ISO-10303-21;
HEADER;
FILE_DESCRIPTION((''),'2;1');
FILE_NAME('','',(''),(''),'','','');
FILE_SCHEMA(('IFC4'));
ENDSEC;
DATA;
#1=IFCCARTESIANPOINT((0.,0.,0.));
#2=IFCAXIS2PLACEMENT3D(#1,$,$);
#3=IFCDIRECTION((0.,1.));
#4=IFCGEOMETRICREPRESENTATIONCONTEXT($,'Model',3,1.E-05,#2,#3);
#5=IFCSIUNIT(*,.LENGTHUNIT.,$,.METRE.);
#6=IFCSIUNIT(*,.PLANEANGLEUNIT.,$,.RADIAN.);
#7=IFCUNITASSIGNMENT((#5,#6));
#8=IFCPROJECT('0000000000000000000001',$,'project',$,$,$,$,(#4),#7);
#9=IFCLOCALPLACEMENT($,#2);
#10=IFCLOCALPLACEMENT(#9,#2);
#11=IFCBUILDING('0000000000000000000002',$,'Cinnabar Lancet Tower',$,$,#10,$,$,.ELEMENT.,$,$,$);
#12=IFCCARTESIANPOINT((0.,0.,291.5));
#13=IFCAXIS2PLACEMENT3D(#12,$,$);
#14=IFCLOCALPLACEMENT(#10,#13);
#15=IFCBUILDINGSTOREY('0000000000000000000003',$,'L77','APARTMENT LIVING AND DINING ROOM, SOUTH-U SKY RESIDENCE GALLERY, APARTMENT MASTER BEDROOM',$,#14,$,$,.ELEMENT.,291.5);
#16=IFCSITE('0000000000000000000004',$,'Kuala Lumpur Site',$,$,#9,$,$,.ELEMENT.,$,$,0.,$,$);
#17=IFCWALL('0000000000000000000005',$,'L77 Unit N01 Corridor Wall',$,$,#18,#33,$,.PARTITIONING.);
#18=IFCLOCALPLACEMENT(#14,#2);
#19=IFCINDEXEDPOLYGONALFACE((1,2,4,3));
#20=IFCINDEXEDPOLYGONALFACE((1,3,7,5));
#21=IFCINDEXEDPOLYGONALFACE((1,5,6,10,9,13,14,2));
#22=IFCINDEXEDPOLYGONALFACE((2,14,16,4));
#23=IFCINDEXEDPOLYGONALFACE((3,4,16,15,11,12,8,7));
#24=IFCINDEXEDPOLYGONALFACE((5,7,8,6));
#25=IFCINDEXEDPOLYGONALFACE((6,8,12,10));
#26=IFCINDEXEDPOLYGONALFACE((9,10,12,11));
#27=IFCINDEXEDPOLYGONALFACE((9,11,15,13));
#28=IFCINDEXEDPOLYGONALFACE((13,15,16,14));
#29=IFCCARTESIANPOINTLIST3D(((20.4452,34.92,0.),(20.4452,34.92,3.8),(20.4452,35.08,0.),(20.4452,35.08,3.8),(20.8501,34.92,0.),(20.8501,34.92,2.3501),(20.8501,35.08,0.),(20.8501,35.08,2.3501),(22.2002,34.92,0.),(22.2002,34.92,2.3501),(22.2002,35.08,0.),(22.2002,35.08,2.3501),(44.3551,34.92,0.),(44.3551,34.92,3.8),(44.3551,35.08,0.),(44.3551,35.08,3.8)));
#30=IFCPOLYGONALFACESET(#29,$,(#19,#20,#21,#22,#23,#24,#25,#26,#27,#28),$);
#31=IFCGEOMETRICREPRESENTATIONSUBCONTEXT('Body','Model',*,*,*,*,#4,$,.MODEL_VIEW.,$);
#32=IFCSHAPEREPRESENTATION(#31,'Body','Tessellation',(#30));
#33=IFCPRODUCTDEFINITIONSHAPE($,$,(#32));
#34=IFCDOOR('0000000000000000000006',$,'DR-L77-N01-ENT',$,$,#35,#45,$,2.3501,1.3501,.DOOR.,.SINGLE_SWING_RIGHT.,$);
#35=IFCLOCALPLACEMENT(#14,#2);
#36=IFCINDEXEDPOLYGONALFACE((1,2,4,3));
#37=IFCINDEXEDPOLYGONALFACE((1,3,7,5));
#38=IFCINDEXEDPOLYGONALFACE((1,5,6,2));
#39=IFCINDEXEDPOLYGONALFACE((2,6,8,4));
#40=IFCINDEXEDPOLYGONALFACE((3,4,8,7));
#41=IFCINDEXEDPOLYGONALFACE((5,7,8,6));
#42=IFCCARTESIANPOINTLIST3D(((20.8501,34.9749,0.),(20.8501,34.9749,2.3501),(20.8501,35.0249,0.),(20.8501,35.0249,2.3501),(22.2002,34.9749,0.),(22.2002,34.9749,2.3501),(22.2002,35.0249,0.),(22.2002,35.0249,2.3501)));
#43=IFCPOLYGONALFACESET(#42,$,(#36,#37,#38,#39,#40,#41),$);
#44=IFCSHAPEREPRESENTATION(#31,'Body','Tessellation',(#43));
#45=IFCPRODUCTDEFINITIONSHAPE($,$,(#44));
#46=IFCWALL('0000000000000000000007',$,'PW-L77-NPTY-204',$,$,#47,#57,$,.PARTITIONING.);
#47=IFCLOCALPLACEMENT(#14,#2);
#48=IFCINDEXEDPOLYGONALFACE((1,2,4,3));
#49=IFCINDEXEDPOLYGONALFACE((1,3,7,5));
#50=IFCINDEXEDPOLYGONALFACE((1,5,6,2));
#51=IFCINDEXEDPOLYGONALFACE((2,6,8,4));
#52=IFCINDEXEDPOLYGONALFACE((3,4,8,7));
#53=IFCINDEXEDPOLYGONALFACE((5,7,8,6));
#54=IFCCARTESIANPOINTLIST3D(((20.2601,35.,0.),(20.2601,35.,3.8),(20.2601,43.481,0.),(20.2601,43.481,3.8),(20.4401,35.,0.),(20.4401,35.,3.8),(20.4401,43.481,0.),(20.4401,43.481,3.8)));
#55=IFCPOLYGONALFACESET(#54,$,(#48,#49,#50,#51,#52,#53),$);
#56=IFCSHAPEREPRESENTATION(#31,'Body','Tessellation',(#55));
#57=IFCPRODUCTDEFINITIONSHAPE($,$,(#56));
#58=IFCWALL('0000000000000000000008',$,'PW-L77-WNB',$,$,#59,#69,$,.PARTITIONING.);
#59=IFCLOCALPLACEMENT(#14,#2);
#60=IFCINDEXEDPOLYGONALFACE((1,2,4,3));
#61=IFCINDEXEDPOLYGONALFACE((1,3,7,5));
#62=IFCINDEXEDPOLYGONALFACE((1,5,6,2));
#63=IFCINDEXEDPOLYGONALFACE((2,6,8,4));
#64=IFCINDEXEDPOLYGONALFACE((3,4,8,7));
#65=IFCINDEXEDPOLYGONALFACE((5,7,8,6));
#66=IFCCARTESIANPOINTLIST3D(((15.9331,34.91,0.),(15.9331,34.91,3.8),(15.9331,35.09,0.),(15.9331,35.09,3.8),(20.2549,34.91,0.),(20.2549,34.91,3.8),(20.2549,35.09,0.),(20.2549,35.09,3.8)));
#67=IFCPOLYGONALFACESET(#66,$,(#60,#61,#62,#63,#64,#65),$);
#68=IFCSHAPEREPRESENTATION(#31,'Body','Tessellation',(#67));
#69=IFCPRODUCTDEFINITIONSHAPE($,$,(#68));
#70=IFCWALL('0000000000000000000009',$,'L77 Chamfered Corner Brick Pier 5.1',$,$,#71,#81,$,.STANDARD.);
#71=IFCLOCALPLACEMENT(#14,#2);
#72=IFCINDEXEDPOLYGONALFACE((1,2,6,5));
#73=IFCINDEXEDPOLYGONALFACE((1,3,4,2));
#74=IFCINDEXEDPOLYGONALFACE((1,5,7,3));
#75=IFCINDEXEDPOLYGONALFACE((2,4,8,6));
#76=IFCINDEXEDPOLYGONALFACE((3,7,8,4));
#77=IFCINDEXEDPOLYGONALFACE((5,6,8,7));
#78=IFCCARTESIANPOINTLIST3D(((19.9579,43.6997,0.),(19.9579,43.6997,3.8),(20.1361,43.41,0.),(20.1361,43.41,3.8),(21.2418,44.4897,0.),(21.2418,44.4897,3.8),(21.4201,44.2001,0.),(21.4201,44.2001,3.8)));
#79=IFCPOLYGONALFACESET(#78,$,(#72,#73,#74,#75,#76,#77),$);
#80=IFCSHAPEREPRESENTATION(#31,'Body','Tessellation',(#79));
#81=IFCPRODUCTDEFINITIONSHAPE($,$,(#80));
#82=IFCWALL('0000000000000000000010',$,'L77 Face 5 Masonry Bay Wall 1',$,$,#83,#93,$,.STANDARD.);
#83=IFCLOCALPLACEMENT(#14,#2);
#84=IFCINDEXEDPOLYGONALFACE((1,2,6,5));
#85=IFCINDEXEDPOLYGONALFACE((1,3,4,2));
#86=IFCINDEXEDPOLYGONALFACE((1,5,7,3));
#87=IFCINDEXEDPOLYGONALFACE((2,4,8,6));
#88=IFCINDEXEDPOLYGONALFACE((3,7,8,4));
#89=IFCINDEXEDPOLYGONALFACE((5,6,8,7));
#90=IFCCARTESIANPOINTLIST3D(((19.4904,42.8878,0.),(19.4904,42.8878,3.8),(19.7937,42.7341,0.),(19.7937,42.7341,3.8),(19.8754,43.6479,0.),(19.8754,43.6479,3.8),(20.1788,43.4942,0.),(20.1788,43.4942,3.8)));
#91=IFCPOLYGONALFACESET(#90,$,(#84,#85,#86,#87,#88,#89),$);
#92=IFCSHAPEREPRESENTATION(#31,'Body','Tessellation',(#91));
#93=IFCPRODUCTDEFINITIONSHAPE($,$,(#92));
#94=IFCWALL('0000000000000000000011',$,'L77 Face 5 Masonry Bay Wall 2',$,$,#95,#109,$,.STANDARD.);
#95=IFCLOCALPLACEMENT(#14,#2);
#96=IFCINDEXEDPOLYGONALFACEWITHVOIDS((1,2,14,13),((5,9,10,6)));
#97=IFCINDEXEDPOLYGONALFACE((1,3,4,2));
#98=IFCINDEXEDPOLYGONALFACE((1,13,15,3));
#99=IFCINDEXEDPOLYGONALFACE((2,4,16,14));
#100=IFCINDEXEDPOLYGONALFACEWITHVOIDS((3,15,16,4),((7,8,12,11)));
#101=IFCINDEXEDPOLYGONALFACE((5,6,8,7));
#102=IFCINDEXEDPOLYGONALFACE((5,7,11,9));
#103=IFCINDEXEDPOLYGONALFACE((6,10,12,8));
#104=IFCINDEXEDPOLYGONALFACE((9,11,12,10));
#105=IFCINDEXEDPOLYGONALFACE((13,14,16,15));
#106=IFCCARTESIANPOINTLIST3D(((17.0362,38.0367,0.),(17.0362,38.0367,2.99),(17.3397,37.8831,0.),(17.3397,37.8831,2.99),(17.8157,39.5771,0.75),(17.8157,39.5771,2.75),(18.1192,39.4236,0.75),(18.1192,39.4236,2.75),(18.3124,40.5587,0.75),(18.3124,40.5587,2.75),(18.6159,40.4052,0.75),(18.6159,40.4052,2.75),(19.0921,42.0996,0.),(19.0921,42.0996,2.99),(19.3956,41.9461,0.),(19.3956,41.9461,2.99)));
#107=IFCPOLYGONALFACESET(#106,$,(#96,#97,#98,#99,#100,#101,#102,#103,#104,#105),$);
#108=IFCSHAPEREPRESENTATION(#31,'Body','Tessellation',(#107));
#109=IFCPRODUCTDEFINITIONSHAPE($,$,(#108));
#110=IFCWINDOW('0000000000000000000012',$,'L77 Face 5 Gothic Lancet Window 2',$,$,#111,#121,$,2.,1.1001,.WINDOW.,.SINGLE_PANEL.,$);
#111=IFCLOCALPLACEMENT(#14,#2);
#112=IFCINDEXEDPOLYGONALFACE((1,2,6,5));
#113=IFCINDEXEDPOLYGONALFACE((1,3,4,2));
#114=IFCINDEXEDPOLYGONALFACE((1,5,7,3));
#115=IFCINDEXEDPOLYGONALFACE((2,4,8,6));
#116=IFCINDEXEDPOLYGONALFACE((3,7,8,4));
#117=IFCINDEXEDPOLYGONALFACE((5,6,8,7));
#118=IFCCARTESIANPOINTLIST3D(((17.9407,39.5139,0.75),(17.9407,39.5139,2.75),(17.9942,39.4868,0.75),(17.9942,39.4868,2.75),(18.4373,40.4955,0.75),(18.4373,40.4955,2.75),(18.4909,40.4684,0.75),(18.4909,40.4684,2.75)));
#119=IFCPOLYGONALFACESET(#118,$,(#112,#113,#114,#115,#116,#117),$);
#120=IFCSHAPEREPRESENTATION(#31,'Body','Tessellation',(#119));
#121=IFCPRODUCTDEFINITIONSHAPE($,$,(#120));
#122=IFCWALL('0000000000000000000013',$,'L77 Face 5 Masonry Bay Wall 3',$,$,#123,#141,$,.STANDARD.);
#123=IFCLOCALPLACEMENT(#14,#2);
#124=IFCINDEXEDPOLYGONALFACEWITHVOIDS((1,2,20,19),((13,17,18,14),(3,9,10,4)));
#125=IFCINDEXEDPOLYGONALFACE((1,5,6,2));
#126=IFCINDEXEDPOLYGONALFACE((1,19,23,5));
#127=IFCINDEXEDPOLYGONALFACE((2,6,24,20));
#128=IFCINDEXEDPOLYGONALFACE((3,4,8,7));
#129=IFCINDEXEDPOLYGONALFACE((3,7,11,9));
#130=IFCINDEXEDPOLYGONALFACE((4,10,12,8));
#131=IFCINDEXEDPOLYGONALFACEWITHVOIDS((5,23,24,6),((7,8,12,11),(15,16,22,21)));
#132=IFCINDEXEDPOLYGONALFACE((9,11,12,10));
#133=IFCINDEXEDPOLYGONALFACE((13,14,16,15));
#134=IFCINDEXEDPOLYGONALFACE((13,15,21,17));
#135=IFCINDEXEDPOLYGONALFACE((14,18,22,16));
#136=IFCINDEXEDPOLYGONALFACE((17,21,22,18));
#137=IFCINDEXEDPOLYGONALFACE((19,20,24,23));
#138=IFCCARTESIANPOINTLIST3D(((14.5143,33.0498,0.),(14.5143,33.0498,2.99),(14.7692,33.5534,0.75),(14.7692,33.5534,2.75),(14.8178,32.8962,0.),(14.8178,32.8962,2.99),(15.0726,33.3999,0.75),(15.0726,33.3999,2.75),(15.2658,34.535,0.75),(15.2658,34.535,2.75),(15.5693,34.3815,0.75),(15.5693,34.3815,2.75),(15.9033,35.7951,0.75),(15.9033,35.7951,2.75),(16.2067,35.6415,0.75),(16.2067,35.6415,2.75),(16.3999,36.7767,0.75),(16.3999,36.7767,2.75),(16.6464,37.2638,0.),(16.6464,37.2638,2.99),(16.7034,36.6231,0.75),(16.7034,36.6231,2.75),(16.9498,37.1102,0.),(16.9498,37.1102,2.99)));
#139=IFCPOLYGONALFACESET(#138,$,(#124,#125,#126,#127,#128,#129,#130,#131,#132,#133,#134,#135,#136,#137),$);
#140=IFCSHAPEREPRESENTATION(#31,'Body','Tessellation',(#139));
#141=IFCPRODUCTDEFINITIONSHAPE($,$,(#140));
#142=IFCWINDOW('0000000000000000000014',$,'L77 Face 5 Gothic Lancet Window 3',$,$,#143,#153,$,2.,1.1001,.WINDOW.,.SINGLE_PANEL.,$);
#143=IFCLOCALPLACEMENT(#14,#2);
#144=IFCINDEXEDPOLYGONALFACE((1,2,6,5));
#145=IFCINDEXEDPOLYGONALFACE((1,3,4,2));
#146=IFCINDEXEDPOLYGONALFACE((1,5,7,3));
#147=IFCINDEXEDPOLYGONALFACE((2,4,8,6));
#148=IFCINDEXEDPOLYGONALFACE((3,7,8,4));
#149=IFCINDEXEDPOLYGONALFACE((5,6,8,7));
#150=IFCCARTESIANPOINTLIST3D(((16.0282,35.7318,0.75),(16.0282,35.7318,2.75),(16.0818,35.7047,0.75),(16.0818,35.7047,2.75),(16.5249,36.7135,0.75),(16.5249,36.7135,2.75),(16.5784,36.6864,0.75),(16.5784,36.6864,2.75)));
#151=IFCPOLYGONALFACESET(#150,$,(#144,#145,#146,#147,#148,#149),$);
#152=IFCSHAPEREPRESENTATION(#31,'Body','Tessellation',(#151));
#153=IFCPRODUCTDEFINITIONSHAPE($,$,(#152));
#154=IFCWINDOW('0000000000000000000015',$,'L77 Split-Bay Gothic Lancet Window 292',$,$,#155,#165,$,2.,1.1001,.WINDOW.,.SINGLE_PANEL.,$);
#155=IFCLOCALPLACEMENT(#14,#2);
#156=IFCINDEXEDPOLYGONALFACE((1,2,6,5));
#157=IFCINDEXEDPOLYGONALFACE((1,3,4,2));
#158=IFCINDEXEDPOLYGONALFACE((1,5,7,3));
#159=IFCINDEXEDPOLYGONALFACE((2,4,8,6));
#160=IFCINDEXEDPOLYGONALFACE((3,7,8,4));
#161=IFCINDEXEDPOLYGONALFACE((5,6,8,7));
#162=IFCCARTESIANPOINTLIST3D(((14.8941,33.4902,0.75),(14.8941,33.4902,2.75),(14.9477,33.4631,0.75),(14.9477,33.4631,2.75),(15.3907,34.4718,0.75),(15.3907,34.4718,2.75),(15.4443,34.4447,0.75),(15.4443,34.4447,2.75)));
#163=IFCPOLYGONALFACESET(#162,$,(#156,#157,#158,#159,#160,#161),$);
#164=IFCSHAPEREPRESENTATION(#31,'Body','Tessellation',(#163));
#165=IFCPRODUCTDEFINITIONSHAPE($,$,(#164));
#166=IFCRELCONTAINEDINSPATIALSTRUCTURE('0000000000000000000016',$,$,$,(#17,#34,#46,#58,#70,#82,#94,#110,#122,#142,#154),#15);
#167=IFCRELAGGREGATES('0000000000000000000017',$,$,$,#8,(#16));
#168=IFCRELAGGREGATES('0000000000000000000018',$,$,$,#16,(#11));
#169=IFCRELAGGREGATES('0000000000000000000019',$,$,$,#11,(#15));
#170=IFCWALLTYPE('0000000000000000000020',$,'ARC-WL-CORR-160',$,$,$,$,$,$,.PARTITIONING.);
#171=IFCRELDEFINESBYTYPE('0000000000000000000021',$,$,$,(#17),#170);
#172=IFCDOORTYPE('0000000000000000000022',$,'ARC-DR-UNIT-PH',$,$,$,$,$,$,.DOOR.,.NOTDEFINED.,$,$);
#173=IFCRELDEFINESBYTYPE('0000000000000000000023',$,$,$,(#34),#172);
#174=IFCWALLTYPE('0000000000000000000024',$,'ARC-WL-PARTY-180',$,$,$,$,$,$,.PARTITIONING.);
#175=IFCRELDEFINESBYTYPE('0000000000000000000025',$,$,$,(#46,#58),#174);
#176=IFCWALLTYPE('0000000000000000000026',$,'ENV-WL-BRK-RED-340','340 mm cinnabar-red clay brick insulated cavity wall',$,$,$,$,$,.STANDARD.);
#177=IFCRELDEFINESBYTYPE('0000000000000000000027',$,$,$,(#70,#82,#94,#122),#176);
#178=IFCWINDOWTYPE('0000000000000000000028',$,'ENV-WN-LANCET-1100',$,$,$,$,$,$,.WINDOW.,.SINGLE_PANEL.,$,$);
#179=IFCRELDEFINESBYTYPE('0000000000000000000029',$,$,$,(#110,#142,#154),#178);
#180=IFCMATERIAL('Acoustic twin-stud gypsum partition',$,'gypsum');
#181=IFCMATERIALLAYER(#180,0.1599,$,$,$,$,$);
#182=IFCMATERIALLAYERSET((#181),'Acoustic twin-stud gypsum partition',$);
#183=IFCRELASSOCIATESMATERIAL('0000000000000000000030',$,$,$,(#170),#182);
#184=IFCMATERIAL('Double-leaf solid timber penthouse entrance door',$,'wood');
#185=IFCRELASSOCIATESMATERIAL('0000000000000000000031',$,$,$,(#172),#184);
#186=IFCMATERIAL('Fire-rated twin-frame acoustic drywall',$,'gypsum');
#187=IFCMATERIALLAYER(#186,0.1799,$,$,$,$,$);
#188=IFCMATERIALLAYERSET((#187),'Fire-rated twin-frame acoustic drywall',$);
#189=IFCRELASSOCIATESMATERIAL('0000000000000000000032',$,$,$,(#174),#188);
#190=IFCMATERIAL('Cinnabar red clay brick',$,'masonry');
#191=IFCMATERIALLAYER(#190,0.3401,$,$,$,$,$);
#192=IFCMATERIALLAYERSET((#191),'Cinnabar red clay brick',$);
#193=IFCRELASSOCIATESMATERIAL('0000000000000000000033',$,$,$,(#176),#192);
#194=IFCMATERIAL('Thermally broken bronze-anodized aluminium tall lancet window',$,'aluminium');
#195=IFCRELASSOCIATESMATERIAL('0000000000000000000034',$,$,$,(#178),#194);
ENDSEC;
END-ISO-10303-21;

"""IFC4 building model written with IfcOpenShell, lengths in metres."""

from ifc_helpers import new_model, si_unit, direction, frame, frame_2d, origin, place, context, subcontext, project, spatial, rectangle, extrude, material, layer, layer_set, type_object, element, fill, save


model = new_model("IFC4")

# Units and contexts
model_context = context("Model", 3, precision=1e-05, world=origin(), true_north=direction((0.0, 1.0)))
body_context = subcontext(model_context, "Body", "Model", "MODEL_VIEW")
ifc_project = project(units=[si_unit("LENGTHUNIT", "METRE"), si_unit("PLANEANGLEUNIT", "RADIAN")], contexts=[model_context])

# Site, building, storey
site_placement = place(None, origin())
site = spatial("IfcSite", under=ifc_project, at=site_placement, Name="Kuala Lumpur Site", CompositionType="ELEMENT", RefElevation=0.0)
building_placement = place(site_placement, origin())
building = spatial("IfcBuilding", under=site, at=building_placement, Name="Cinnabar Lancet Tower", CompositionType="ELEMENT")
storey_placement = place(building_placement, frame((0.0, 0.0, 291.5)))
storey = spatial("IfcBuildingStorey", under=building, at=storey_placement, Name="L77", Description="APARTMENT LIVING AND DINING ROOM, SOUTH-U SKY RESIDENCE GALLERY, APARTMENT MASTER BEDROOM", CompositionType="ELEMENT", Elevation=291.5)

# Wall, opening, door
ifc_material_1 = material(Name="Acoustic twin-stud gypsum partition", Category="gypsum")
ifc_layer_1 = layer(ifc_material_1, 0.1599)
ifc_layer_set_1 = layer_set([ifc_layer_1], Name="Acoustic twin-stud gypsum partition")
wall_type_1 = type_object("IfcWallType", Name="ARC-WL-CORR-160", PredefinedType="PARTITIONING", material=ifc_layer_set_1)
wall_1_placement = place(storey_placement, frame((20.4451, 35.0, 0.0), z_axis=(0.0, 0.0, 1.0), x_axis=(1.0, 0.0, 0.0)))
wall_1 = element("IfcWall", 1, at=wall_1_placement, inside=storey, type_object=wall_type_1, Name="L77 Unit N01 Corridor Wall", PredefinedType="PARTITIONING", context=body_context, shape_type="SweptSolid", body=[
    extrude(rectangle(XDim=23.9099, YDim=0.1599, at=frame_2d((11.9551, 0.0))), origin(), (0.0, 0.0, 1.0), 3.8),
])
opening_1_placement = place(wall_1_placement, frame((0.405, 0.0, 0.0)))
opening_1 = element("IfcOpeningElement", 2, at=opening_1_placement, cuts=wall_1, PredefinedType="OPENING", context=body_context, shape_type="SweptSolid", body=[
    extrude(rectangle(XDim=1.3501, YDim=2.3501, at=frame_2d((0.675, 1.175))), frame((0.0, 0.0898, 0.0), z_axis=(0.0, -1.0, 0.0), x_axis=(1.0, 0.0, 0.0)), (0.0, 0.0, 1.0), 0.1799),
])
ifc_material_2 = material(Name="Double-leaf solid timber penthouse entrance door", Category="wood")
door_type = type_object("IfcDoorType", Name="ARC-DR-UNIT-PH", OperationType="NOTDEFINED", PredefinedType="DOOR", material=ifc_material_2)
door_placement = place(opening_1_placement, origin())
door = element("IfcDoor", 3, at=door_placement, inside=storey, type_object=door_type, Name="DR-L77-N01-ENT", OperationType="SINGLE_SWING_RIGHT", OverallHeight=2.3501, OverallWidth=1.3501, PredefinedType="DOOR", context=body_context, shape_type="SweptSolid", body=[
    extrude(rectangle(XDim=1.3501, YDim=2.3501, at=frame_2d((0.675, 1.175))), frame((0.0, 0.0249, 0.0), z_axis=(0.0, -1.0, 0.0), x_axis=(1.0, 0.0, 0.0)), (0.0, 0.0, 1.0), 0.05),
])
fill(opening_1, door)

# Walls
ifc_material_3 = material(Name="Fire-rated twin-frame acoustic drywall", Category="gypsum")
ifc_layer_2 = layer(ifc_material_3, 0.1799)
ifc_layer_set_2 = layer_set([ifc_layer_2], Name="Fire-rated twin-frame acoustic drywall")
wall_type_2 = type_object("IfcWallType", Name="ARC-WL-PARTY-180", PredefinedType="PARTITIONING", material=ifc_layer_set_2)
wall_2_placement = place(storey_placement, frame((20.3501, 35.0, 0.0), z_axis=(0.0, 0.0, 1.0), x_axis=(0.0, 1.0, 0.0)))
element("IfcWall", 4, at=wall_2_placement, inside=storey, type_object=wall_type_2, Name="PW-L77-NPTY-204", PredefinedType="PARTITIONING", context=body_context, shape_type="SweptSolid", body=[
    extrude(rectangle(XDim=8.481, YDim=0.1799, at=frame_2d((4.2405, 0.0))), origin(), (0.0, 0.0, 1.0), 3.8),
])
wall_3_placement = place(storey_placement, frame((15.9331, 35.0, 0.0), z_axis=(0.0, 0.0, 1.0), x_axis=(1.0, 0.0, 0.0)))
element("IfcWall", 5, at=wall_3_placement, inside=storey, type_object=wall_type_2, Name="PW-L77-WNB", PredefinedType="PARTITIONING", context=body_context, shape_type="SweptSolid", body=[
    extrude(rectangle(XDim=4.3218, YDim=0.1799, at=frame_2d((2.1609, 0.0))), origin(), (0.0, 0.0, 1.0), 3.8),
])
ifc_material_4 = material(Name="Cinnabar red clay brick", Category="masonry")
ifc_layer_3 = layer(ifc_material_4, 0.3401)
ifc_layer_set_3 = layer_set([ifc_layer_3], Name="Cinnabar red clay brick")
wall_type_3 = type_object("IfcWallType", Name="ENV-WL-BRK-RED-340", Description="340 mm cinnabar-red clay brick insulated cavity wall", PredefinedType="STANDARD", material=ifc_layer_set_3)
wall_4_placement = place(storey_placement, frame((21.3311, 44.345, 0.0), z_axis=(0.0, 0.0, 1.0), x_axis=(-0.851681, -0.524061, 0.0)))
element("IfcWall", 6, at=wall_4_placement, inside=storey, type_object=wall_type_3, Name="L77 Chamfered Corner Brick Pier 5.1", PredefinedType="STANDARD", context=body_context, shape_type="SweptSolid", body=[
    extrude(rectangle(XDim=1.5076, YDim=0.3401, at=frame_2d((0.7539, 0.0))), origin(), (0.0, 0.0, 1.0), 3.8),
])
wall_5_placement = place(storey_placement, frame((20.0271, 43.571, 0.0), z_axis=(0.0, 0.0, 1.0), x_axis=(-0.451907, -0.892065, 0.0)))
element("IfcWall", 7, at=wall_5_placement, inside=storey, type_object=wall_type_3, Name="L77 Face 5 Masonry Bay Wall 1", PredefinedType="STANDARD", context=body_context, shape_type="SweptSolid", body=[
    extrude(rectangle(XDim=0.8521, YDim=0.3401, at=frame_2d((0.426, 0.0))), origin(), (0.0, 0.0, 1.0), 3.8),
])

# Wall, opening, window
wall_6_placement = place(storey_placement, frame((19.2439, 42.0229, 0.0), z_axis=(0.0, 0.0, 1.0), x_axis=(-0.451498, -0.892272, 0.0)))
wall_6 = element("IfcWall", 8, at=wall_6_placement, inside=storey, type_object=wall_type_3, Name="L77 Face 5 Masonry Bay Wall 2", PredefinedType="STANDARD", context=body_context, shape_type="SweptSolid", body=[
    extrude(rectangle(XDim=4.5535, YDim=0.3401, at=frame_2d((2.2769, 0.0))), origin(), (0.0, 0.0, 1.0), 2.99),
])
opening_2_placement = place(wall_6_placement, frame((1.7271, 0.0, 0.75)))
opening_2 = element("IfcOpeningElement", 9, at=opening_2_placement, cuts=wall_6, PredefinedType="OPENING", context=body_context, shape_type="SweptSolid", body=[
    extrude(rectangle(XDim=1.1001, YDim=2.0, at=frame_2d((0.55, 1.0))), frame((0.0, 0.1799, 0.0), z_axis=(0.0, -1.0, 0.0), x_axis=(1.0, 0.0, 0.0)), (0.0, 0.0, 1.0), 0.3601),
])
ifc_material_5 = material(Name="Thermally broken bronze-anodized aluminium tall lancet window", Category="aluminium")
window_type = type_object("IfcWindowType", Name="ENV-WN-LANCET-1100", PartitioningType="SINGLE_PANEL", PredefinedType="WINDOW", material=ifc_material_5)
window_1_placement = place(opening_2_placement, origin())
window_1 = element("IfcWindow", 10, at=window_1_placement, inside=storey, type_object=window_type, Name="L77 Face 5 Gothic Lancet Window 2", OverallHeight=2.0, OverallWidth=1.1001, PartitioningType="SINGLE_PANEL", PredefinedType="WINDOW", context=body_context, shape_type="SweptSolid", body=[
    extrude(rectangle(XDim=1.1001, YDim=2.0, at=frame_2d((0.55, 1.0))), frame((0.0, 0.03, 0.0), z_axis=(0.0, -1.0, 0.0), x_axis=(1.0, 0.0, 0.0)), (0.0, 0.0, 1.0), 0.0601),
])
fill(opening_2, window_1)

# Wall, openings, windows
wall_7_placement = place(storey_placement, frame((16.7981, 37.187, 0.0), z_axis=(0.0, 0.0, 1.0), x_axis=(-0.451448, -0.892298, 0.0)))
wall_7 = element("IfcWall", 11, at=wall_7_placement, inside=storey, type_object=wall_type_3, Name="L77 Face 5 Masonry Bay Wall 3", PredefinedType="STANDARD", context=body_context, shape_type="SweptSolid", body=[
    extrude(rectangle(XDim=4.7227, YDim=0.3401, at=frame_2d((2.3613, 0.0))), origin(), (0.0, 0.0, 1.0), 2.99),
])
opening_3_placement = place(wall_7_placement, frame((0.5459, 0.0, 0.75)))
opening_3 = element("IfcOpeningElement", 12, at=opening_3_placement, cuts=wall_7, PredefinedType="OPENING", context=body_context, shape_type="SweptSolid", body=[
    extrude(rectangle(XDim=1.1001, YDim=2.0, at=frame_2d((0.55, 1.0))), frame((0.0, 0.1799, 0.0), z_axis=(0.0, -1.0, 0.0), x_axis=(1.0, 0.0, 0.0)), (0.0, 0.0, 1.0), 0.3601),
])
opening_4_placement = place(wall_7_placement, frame((3.0581, 0.0, 0.75)))
opening_4 = element("IfcOpeningElement", 13, at=opening_4_placement, cuts=wall_7, PredefinedType="OPENING", context=body_context, shape_type="SweptSolid", body=[
    extrude(rectangle(XDim=1.1001, YDim=2.0, at=frame_2d((0.55, 1.0))), frame((0.0, 0.1799, 0.0), z_axis=(0.0, -1.0, 0.0), x_axis=(1.0, 0.0, 0.0)), (0.0, 0.0, 1.0), 0.3601),
])
window_2_placement = place(opening_3_placement, origin())
window_2 = element("IfcWindow", 14, at=window_2_placement, inside=storey, type_object=window_type, Name="L77 Face 5 Gothic Lancet Window 3", OverallHeight=2.0, OverallWidth=1.1001, PartitioningType="SINGLE_PANEL", PredefinedType="WINDOW", context=body_context, shape_type="SweptSolid", body=[
    extrude(rectangle(XDim=1.1001, YDim=2.0, at=frame_2d((0.55, 1.0))), frame((0.0, 0.03, 0.0), z_axis=(0.0, -1.0, 0.0), x_axis=(1.0, 0.0, 0.0)), (0.0, 0.0, 1.0), 0.0601),
])
fill(opening_3, window_2)
window_3_placement = place(opening_4_placement, origin())
window_3 = element("IfcWindow", 15, at=window_3_placement, inside=storey, type_object=window_type, Name="L77 Split-Bay Gothic Lancet Window 292", OverallHeight=2.0, OverallWidth=1.1001, PartitioningType="SINGLE_PANEL", PredefinedType="WINDOW", context=body_context, shape_type="SweptSolid", body=[
    extrude(rectangle(XDim=1.1001, YDim=2.0, at=frame_2d((0.55, 1.0))), frame((0.0, 0.03, 0.0), z_axis=(0.0, -1.0, 0.0), x_axis=(1.0, 0.0, 0.0)), (0.0, 0.0, 1.0), 0.0601),
])
fill(opening_4, window_3)

save(model, "model.ifc")
